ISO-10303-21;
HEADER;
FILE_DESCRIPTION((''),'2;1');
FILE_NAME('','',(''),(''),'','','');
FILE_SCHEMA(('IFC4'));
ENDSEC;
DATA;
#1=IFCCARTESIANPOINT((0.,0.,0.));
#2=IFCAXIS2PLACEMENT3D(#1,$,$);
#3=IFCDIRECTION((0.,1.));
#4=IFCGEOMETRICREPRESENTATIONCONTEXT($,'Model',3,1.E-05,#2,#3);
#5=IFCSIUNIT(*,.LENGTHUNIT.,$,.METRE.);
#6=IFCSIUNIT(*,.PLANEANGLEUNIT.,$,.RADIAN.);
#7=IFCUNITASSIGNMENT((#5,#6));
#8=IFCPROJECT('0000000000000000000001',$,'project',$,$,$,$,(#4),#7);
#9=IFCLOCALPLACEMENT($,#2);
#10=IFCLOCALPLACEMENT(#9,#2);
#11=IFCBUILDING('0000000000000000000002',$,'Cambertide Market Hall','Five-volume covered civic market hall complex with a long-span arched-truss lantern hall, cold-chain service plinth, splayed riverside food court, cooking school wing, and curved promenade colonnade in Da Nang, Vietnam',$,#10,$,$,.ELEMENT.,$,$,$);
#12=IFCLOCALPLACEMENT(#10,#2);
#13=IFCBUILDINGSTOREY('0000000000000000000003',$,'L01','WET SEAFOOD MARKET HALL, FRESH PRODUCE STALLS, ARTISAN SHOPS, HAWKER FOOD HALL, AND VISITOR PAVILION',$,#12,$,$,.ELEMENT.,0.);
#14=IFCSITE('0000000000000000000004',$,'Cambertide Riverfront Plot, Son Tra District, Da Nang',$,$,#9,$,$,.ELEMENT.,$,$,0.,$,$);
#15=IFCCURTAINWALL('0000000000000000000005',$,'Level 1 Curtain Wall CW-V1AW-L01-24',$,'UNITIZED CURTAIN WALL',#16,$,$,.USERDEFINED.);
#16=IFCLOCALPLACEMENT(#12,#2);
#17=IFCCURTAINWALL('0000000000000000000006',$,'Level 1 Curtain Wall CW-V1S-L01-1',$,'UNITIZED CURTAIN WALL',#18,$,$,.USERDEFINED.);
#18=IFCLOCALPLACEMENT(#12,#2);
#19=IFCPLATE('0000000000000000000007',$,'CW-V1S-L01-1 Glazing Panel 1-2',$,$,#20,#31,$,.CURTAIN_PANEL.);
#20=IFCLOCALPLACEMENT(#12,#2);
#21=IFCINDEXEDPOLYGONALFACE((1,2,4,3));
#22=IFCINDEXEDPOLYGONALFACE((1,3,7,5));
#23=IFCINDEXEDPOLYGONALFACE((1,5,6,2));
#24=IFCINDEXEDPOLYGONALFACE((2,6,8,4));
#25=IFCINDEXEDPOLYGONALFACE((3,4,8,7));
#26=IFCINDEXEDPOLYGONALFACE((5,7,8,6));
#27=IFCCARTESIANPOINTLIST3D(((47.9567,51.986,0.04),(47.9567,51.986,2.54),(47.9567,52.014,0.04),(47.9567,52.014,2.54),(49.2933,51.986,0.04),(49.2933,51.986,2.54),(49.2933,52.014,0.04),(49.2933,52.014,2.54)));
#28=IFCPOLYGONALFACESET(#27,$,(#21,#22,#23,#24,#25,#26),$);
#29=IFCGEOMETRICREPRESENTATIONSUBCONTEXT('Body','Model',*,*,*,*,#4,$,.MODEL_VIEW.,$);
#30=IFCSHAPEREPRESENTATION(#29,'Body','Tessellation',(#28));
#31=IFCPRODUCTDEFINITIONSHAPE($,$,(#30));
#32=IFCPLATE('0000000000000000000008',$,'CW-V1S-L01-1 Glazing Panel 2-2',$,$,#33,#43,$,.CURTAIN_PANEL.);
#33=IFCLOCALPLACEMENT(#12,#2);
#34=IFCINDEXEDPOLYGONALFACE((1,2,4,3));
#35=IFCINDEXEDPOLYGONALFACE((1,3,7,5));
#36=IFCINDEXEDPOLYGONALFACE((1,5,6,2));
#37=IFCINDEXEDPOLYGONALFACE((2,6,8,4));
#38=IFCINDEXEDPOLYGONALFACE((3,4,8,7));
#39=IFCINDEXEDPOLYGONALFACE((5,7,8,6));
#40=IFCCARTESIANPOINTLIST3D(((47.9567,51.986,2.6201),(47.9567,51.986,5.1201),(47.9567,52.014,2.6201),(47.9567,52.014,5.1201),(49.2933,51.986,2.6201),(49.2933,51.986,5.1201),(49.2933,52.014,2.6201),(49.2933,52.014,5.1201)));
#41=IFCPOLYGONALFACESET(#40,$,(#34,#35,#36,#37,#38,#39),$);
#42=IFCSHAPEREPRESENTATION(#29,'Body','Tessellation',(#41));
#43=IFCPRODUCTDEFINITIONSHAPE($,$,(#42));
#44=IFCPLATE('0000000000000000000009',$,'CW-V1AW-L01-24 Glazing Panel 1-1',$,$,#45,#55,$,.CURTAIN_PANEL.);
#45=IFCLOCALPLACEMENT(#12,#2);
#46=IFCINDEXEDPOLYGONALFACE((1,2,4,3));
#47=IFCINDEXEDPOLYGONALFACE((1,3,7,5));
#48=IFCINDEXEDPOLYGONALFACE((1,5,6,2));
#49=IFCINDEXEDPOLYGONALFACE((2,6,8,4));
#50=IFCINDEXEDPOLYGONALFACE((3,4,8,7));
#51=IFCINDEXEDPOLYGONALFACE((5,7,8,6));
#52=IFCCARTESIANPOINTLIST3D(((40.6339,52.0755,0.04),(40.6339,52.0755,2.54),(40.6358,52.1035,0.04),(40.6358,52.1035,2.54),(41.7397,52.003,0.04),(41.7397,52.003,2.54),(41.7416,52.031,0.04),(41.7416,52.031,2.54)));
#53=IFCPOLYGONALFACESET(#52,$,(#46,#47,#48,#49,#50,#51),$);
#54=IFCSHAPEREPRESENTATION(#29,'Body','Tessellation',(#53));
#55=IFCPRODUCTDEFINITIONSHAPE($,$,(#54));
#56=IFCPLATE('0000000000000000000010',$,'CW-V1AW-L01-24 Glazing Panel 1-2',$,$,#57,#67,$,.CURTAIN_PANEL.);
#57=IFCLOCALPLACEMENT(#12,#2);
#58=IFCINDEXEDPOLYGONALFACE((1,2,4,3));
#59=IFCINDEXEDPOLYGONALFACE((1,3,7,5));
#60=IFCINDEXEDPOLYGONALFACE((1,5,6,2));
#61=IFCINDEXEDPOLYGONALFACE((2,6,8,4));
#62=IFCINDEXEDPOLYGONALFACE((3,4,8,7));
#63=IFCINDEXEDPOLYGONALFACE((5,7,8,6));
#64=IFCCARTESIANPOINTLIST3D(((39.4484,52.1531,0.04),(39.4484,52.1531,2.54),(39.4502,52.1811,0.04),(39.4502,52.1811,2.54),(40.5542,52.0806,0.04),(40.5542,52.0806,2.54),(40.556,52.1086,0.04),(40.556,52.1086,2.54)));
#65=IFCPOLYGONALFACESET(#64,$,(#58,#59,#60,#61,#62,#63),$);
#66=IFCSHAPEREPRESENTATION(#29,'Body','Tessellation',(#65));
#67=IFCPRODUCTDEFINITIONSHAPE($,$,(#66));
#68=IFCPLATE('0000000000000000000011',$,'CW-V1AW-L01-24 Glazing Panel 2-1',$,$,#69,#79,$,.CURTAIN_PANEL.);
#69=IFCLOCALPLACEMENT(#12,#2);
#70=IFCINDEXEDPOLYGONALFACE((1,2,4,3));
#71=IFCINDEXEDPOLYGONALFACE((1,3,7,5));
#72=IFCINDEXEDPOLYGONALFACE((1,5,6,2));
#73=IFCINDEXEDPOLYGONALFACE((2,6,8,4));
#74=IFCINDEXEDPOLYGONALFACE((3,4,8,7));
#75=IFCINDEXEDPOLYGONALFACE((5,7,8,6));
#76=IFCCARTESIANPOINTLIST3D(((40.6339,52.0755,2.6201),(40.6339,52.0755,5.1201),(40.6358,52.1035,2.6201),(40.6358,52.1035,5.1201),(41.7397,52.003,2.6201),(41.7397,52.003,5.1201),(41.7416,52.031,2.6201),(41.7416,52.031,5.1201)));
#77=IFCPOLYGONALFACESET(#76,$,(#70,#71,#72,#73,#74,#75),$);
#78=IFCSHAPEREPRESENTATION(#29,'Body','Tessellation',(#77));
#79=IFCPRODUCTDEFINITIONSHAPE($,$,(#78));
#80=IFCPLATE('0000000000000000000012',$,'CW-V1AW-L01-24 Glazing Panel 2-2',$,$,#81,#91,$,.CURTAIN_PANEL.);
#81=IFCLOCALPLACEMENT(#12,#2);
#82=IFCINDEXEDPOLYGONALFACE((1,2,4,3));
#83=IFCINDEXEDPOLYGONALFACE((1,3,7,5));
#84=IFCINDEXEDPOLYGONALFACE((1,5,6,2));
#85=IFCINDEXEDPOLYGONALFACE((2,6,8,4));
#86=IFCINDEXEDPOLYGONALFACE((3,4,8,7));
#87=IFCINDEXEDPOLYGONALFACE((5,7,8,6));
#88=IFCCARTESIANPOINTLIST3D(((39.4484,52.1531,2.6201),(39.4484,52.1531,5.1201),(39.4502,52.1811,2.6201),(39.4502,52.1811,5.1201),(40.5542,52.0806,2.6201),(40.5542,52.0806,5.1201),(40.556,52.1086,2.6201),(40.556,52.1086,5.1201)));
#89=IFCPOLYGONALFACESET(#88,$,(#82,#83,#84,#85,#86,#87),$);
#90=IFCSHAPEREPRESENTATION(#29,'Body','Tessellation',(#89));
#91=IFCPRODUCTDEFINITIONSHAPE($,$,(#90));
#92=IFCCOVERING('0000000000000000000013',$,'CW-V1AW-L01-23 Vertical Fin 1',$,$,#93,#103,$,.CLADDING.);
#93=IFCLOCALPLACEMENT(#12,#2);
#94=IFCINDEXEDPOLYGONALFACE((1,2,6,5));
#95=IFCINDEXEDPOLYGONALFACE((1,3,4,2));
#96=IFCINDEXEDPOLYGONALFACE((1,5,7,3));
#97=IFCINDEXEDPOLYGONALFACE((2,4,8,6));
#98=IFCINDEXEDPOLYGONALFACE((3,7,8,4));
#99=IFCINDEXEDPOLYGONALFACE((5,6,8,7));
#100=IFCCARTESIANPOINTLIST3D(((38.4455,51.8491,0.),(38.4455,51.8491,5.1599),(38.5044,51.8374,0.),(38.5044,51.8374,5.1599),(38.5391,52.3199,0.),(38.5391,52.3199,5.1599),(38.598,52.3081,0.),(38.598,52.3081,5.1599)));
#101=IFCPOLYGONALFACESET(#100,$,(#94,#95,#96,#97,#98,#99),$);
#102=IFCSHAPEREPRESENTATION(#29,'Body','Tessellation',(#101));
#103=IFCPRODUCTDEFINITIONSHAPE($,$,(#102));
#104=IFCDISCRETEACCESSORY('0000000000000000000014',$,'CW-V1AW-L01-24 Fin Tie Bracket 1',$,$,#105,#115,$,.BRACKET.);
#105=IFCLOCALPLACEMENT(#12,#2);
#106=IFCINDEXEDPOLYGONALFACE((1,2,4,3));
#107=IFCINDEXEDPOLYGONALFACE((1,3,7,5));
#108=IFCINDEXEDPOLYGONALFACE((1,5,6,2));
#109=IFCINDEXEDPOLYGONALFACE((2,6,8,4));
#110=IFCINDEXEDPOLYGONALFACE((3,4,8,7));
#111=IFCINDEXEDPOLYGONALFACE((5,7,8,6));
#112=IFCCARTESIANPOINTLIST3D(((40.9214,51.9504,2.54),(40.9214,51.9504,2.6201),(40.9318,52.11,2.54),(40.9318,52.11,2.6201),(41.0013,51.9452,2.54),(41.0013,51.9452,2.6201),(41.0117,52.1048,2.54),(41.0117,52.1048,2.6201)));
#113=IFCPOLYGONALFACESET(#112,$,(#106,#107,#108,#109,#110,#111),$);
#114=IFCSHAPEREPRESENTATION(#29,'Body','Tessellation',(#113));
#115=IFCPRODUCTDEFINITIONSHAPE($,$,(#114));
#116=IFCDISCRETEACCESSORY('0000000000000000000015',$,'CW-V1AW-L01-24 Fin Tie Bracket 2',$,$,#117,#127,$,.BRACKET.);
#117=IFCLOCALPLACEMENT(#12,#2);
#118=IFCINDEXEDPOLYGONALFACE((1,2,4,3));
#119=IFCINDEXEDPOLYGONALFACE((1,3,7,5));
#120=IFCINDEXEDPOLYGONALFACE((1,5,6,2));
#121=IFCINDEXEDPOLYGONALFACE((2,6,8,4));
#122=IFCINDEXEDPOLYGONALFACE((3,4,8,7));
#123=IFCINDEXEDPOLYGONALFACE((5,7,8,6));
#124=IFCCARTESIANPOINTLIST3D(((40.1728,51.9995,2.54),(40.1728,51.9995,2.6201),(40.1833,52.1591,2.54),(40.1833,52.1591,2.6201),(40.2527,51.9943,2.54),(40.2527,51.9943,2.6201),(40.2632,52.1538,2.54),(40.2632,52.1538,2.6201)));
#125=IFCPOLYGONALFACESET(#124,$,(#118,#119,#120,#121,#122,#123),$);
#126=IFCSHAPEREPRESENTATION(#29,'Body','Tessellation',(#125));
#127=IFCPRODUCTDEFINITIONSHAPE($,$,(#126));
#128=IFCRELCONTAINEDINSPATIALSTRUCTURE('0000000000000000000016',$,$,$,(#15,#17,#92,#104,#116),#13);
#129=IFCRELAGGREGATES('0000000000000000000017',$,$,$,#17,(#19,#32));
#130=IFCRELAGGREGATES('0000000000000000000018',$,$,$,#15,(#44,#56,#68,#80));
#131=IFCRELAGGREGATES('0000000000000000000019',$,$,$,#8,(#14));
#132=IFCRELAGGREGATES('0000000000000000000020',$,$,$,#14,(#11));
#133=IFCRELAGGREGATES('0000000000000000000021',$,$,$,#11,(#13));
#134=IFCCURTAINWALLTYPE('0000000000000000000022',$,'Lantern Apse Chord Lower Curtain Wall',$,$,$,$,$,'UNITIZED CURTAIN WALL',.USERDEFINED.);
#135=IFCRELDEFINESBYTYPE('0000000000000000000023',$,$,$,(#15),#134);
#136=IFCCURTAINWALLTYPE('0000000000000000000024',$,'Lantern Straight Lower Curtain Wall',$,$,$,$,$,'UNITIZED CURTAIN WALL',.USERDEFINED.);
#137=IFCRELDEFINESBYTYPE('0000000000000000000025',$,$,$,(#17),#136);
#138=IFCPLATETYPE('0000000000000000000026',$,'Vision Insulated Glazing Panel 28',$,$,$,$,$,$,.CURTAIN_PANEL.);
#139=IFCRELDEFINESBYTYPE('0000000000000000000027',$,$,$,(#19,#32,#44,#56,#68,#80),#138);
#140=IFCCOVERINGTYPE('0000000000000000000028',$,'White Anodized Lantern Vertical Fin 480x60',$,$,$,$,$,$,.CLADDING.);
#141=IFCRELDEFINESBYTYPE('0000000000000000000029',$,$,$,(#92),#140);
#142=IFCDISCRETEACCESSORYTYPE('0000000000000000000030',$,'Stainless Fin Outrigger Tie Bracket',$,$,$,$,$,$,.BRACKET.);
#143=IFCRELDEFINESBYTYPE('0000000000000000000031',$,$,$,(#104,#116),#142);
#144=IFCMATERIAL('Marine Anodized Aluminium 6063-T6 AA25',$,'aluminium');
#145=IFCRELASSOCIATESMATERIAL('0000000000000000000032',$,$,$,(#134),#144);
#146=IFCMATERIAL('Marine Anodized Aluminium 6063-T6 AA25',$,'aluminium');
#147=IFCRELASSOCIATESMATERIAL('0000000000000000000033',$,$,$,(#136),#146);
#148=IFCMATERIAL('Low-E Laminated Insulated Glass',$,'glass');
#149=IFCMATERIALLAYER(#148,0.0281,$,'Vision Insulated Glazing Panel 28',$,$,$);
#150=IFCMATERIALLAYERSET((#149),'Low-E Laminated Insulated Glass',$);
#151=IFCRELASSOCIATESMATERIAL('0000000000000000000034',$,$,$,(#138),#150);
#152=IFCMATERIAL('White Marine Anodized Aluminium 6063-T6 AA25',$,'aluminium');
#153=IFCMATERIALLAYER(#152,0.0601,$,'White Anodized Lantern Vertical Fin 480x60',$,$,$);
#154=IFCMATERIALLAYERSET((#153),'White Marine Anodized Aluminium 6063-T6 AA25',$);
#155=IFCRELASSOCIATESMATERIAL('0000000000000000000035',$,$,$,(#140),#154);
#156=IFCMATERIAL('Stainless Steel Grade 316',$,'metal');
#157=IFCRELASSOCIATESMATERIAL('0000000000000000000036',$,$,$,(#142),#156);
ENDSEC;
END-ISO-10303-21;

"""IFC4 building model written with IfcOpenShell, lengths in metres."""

from ifc_helpers import new_model, si_unit, direction, frame, origin, origin_2d, place, context, subcontext, project, spatial, rectangle, extrude, material, layer, layer_set, type_object, element, aggregate, save


model = new_model("IFC4")

# Units and contexts
model_context = context("Model", 3, precision=1e-05, world=origin(), true_north=direction((0.0, 1.0)))
body_context = subcontext(model_context, "Body", "Model", "MODEL_VIEW")
ifc_project = project(units=[si_unit("LENGTHUNIT", "METRE"), si_unit("PLANEANGLEUNIT", "RADIAN")], contexts=[model_context])

# Site, building, storey
site_placement = place(None, origin())
site = spatial("IfcSite", under=ifc_project, at=site_placement, Name="Cambertide Riverfront Plot, Son Tra District, Da Nang", CompositionType="ELEMENT", RefElevation=0.0)
building_placement = place(site_placement, origin())
building = spatial("IfcBuilding", under=site, at=building_placement, Name="Cambertide Market Hall", Description="Five-volume covered civic market hall complex with a long-span arched-truss lantern hall, cold-chain service plinth, splayed riverside food court, cooking school wing, and curved promenade colonnade in Da Nang, Vietnam", CompositionType="ELEMENT")
storey_placement = place(building_placement, origin())
storey = spatial("IfcBuildingStorey", under=building, at=storey_placement, Name="L01", Description="WET SEAFOOD MARKET HALL, FRESH PRODUCE STALLS, ARTISAN SHOPS, HAWKER FOOD HALL, AND VISITOR PAVILION", CompositionType="ELEMENT", Elevation=0.0)

# Curtain wall
ifc_material_1 = material(Name="Marine Anodized Aluminium 6063-T6 AA25", Category="aluminium")
curtain_wall_type_1 = type_object("IfcCurtainWallType", Name="Lantern Apse Chord Lower Curtain Wall", ElementType="UNITIZED CURTAIN WALL", PredefinedType="USERDEFINED", material=ifc_material_1)
curtain_wall_1_placement = place(storey_placement, origin())
curtain_wall_1 = element("IfcCurtainWall", 1, at=curtain_wall_1_placement, inside=storey, type_object=curtain_wall_type_1, Name="Level 1 Curtain Wall CW-V1AW-L01-24", ObjectType="UNITIZED CURTAIN WALL", PredefinedType="USERDEFINED")

# Curtain wall
ifc_material_2 = material(Name="Marine Anodized Aluminium 6063-T6 AA25", Category="aluminium")
curtain_wall_type_2 = type_object("IfcCurtainWallType", Name="Lantern Straight Lower Curtain Wall", ElementType="UNITIZED CURTAIN WALL", PredefinedType="USERDEFINED", material=ifc_material_2)
curtain_wall_2_placement = place(storey_placement, origin())
curtain_wall_2 = element("IfcCurtainWall", 2, at=curtain_wall_2_placement, inside=storey, type_object=curtain_wall_type_2, Name="Level 1 Curtain Wall CW-V1S-L01-1", ObjectType="UNITIZED CURTAIN WALL", PredefinedType="USERDEFINED")

# Plates
ifc_material_3 = material(Name="Low-E Laminated Insulated Glass", Category="glass")
ifc_layer_1 = layer(ifc_material_3, 0.0281, Name="Vision Insulated Glazing Panel 28")
ifc_layer_set_1 = layer_set([ifc_layer_1], Name="Low-E Laminated Insulated Glass")
plate_type = type_object("IfcPlateType", Name="Vision Insulated Glazing Panel 28", PredefinedType="CURTAIN_PANEL", material=ifc_layer_set_1)
plate_1_placement = place(storey_placement, frame((48.625, 52.0, 0.04), z_axis=(0.0, 0.0, 1.0), x_axis=(-1.0, 0.0, 0.0)))
plate_1 = element("IfcPlate", 3, at=plate_1_placement, type_object=plate_type, Name="CW-V1S-L01-1 Glazing Panel 1-2", PredefinedType="CURTAIN_PANEL", context=body_context, shape_type="SweptSolid", body=[
    extrude(rectangle(XDim=1.3367, YDim=0.0281, at=origin_2d()), origin(), (0.0, 0.0, 1.0), 2.5),
])
plate_2_placement = place(storey_placement, frame((48.625, 52.0, 2.6201), z_axis=(0.0, 0.0, 1.0), x_axis=(-1.0, 0.0, 0.0)))
plate_2 = element("IfcPlate", 4, at=plate_2_placement, type_object=plate_type, Name="CW-V1S-L01-1 Glazing Panel 2-2", PredefinedType="CURTAIN_PANEL", context=body_context, shape_type="SweptSolid", body=[
    extrude(rectangle(XDim=1.3367, YDim=0.0281, at=origin_2d()), origin(), (0.0, 0.0, 1.0), 2.5),
])
aggregate(curtain_wall_2, [plate_1, plate_2])
plate_3_placement = place(storey_placement, frame((41.1877, 52.0532, 0.04), z_axis=(0.0, 0.0, 1.0), x_axis=(-0.997859, 0.065403, 0.0)))
plate_3 = element("IfcPlate", 5, at=plate_3_placement, type_object=plate_type, Name="CW-V1AW-L01-24 Glazing Panel 1-1", PredefinedType="CURTAIN_PANEL", context=body_context, shape_type="SweptSolid", body=[
    extrude(rectangle(XDim=1.1082, YDim=0.0281, at=origin_2d()), origin(), (0.0, 0.0, 1.0), 2.5),
])
plate_4_placement = place(storey_placement, frame((40.0022, 52.1309, 0.04), z_axis=(0.0, 0.0, 1.0), x_axis=(-0.997859, 0.065403, 0.0)))
plate_4 = element("IfcPlate", 6, at=plate_4_placement, type_object=plate_type, Name="CW-V1AW-L01-24 Glazing Panel 1-2", PredefinedType="CURTAIN_PANEL", context=body_context, shape_type="SweptSolid", body=[
    extrude(rectangle(XDim=1.1082, YDim=0.0281, at=origin_2d()), origin(), (0.0, 0.0, 1.0), 2.5),
])
plate_5_placement = place(storey_placement, frame((41.1877, 52.0532, 2.6201), z_axis=(0.0, 0.0, 1.0), x_axis=(-0.997859, 0.065403, 0.0)))
plate_5 = element("IfcPlate", 7, at=plate_5_placement, type_object=plate_type, Name="CW-V1AW-L01-24 Glazing Panel 2-1", PredefinedType="CURTAIN_PANEL", context=body_context, shape_type="SweptSolid", body=[
    extrude(rectangle(XDim=1.1082, YDim=0.0281, at=origin_2d()), origin(), (0.0, 0.0, 1.0), 2.5),
])
plate_6_placement = place(storey_placement, frame((40.0022, 52.1309, 2.6201), z_axis=(0.0, 0.0, 1.0), x_axis=(-0.997859, 0.065403, 0.0)))
plate_6 = element("IfcPlate", 8, at=plate_6_placement, type_object=plate_type, Name="CW-V1AW-L01-24 Glazing Panel 2-2", PredefinedType="CURTAIN_PANEL", context=body_context, shape_type="SweptSolid", body=[
    extrude(rectangle(XDim=1.1082, YDim=0.0281, at=origin_2d()), origin(), (0.0, 0.0, 1.0), 2.5),
])
aggregate(curtain_wall_1, [plate_3, plate_4, plate_5, plate_6])

# Covering
ifc_material_4 = material(Name="White Marine Anodized Aluminium 6063-T6 AA25", Category="aluminium")
ifc_layer_2 = layer(ifc_material_4, 0.0601, Name="White Anodized Lantern Vertical Fin 480x60")
ifc_layer_set_2 = layer_set([ifc_layer_2], Name="White Marine Anodized Aluminium 6063-T6 AA25")
covering_type = type_object("IfcCoveringType", Name="White Anodized Lantern Vertical Fin 480x60", PredefinedType="CLADDING", material=ifc_layer_set_2)
covering_placement = place(storey_placement, frame((38.5217, 52.0786, 0.0), z_axis=(0.0, 0.0, 1.0), x_axis=(-0.980785, 0.19509, 0.0)))
element("IfcCovering", 9, at=covering_placement, inside=storey, type_object=covering_type, Name="CW-V1AW-L01-23 Vertical Fin 1", PredefinedType="CLADDING", context=body_context, shape_type="SweptSolid", body=[
    extrude(rectangle(XDim=0.0601, YDim=0.48, at=origin_2d()), origin(), (0.0, 0.0, 1.0), 5.1599),
])

# Discrete accessories
ifc_material_5 = material(Name="Stainless Steel Grade 316", Category="metal")
discrete_accessory_type = type_object("IfcDiscreteAccessoryType", Name="Stainless Fin Outrigger Tie Bracket", PredefinedType="BRACKET", material=ifc_material_5)
for number, where, z_axis, x_axis, name in (
    (10, (40.9666, 52.0276, 2.54), (0.0, 0.0, 1.0), (-0.997859, 0.065403, 0.0), "CW-V1AW-L01-24 Fin Tie Bracket 1"),
    (11, (40.218, 52.0767, 2.54), (0.0, 0.0, 1.0), (-0.997859, 0.065403, 0.0), "CW-V1AW-L01-24 Fin Tie Bracket 2"),
):
    element("IfcDiscreteAccessory", number, at=place(storey_placement, frame(where, z_axis=z_axis, x_axis=x_axis)), inside=storey, type_object=discrete_accessory_type, Name=name, PredefinedType="BRACKET", context=body_context, shape_type="SweptSolid", body=[
        extrude(rectangle(XDim=0.0801, YDim=0.1599, at=origin_2d()), origin(), (0.0, 0.0, 1.0), 0.0801),
    ])

save(model, "model.ifc")
